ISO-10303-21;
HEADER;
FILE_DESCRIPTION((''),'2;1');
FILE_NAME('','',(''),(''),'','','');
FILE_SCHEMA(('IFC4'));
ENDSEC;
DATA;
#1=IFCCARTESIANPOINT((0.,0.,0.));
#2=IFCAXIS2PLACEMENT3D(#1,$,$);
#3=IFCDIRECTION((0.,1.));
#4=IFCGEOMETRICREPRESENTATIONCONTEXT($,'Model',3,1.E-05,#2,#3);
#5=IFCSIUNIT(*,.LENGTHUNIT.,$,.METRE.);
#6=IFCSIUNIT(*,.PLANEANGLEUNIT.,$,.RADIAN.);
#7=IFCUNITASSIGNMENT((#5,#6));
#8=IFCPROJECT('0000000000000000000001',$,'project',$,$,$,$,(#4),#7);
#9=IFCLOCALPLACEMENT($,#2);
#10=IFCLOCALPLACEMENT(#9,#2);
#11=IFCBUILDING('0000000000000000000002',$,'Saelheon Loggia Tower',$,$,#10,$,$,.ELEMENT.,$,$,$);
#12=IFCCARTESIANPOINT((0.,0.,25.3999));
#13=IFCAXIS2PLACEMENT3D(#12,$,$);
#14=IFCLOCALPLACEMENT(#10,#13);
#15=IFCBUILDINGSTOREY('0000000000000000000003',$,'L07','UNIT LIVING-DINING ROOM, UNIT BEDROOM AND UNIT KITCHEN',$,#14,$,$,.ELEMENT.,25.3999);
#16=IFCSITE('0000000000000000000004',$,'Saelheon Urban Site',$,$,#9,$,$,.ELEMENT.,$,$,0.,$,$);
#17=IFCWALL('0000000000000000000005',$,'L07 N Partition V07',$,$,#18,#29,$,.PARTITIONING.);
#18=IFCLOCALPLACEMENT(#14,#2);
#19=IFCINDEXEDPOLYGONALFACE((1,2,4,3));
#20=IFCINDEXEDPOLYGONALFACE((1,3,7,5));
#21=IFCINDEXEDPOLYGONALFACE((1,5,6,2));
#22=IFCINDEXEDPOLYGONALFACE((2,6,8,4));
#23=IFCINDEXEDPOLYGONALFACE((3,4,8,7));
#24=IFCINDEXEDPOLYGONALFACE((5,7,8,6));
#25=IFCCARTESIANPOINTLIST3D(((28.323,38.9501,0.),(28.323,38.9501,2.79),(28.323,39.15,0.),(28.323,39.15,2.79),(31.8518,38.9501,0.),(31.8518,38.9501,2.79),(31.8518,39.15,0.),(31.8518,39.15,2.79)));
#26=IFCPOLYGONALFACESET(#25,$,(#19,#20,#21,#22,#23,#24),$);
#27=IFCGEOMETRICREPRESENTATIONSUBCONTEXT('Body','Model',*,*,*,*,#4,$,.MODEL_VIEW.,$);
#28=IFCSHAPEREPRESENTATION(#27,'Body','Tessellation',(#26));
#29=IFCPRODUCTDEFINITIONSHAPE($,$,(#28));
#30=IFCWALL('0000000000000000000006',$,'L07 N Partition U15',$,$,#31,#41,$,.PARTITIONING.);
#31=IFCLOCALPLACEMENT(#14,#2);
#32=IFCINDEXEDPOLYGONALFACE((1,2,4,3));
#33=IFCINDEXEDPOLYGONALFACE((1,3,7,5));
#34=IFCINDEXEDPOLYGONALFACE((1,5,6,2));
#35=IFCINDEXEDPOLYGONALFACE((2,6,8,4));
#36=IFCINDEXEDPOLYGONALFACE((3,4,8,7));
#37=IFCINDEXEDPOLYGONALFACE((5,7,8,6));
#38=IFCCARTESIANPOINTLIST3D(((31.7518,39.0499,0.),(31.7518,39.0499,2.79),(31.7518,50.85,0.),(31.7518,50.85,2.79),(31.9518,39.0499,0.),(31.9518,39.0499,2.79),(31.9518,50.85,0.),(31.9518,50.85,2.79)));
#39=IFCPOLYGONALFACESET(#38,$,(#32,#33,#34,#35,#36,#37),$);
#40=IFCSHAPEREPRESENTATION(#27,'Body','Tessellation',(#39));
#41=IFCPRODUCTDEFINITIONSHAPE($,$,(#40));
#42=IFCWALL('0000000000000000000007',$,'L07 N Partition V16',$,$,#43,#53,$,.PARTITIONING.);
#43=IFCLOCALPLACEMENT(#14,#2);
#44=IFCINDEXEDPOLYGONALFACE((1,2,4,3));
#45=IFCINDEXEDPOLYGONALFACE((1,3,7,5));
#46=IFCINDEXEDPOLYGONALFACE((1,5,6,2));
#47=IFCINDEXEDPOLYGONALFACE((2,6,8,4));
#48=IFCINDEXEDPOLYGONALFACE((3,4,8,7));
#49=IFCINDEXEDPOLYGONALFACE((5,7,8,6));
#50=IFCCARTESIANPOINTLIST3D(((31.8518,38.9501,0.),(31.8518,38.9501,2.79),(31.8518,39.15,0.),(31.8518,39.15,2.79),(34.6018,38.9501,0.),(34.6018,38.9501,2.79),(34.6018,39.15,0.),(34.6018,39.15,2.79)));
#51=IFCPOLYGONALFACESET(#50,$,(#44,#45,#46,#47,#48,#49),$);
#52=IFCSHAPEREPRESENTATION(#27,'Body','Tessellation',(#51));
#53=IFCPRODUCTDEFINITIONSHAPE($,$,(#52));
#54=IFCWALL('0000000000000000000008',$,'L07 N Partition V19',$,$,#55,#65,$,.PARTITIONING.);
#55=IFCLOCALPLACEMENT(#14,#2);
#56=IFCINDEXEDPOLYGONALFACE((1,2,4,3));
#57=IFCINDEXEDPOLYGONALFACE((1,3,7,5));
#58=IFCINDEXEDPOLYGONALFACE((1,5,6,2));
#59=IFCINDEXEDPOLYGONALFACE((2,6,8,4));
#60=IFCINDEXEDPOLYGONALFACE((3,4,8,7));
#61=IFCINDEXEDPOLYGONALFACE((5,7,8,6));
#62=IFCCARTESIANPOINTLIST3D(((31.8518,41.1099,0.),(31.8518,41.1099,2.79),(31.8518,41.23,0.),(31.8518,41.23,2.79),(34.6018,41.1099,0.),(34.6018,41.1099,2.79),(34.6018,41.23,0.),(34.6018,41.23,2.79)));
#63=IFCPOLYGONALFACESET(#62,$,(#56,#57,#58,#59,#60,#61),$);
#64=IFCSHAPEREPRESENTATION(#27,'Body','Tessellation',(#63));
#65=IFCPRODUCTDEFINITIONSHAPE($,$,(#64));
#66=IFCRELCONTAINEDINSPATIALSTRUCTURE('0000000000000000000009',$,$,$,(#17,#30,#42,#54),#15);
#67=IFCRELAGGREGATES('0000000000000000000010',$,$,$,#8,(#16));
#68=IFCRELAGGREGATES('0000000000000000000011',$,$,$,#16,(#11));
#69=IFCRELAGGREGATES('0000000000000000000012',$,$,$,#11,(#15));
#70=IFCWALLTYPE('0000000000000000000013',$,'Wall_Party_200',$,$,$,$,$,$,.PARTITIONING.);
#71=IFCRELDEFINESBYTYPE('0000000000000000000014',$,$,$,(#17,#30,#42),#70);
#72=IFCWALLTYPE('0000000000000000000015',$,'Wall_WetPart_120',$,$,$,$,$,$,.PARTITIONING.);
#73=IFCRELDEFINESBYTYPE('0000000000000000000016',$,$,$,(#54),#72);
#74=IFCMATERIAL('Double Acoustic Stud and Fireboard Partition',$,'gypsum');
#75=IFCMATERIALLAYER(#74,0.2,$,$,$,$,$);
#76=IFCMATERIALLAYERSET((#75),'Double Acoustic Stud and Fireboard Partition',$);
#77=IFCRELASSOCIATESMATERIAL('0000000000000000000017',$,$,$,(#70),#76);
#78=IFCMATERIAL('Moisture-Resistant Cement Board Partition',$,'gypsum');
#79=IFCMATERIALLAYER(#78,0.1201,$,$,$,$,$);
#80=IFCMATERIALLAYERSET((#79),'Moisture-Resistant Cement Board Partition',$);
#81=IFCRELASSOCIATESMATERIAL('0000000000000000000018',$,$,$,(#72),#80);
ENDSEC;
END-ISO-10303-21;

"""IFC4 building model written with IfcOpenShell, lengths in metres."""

from ifc_helpers import new_model, si_unit, direction, frame, frame_2d, origin, place, context, subcontext, project, spatial, rectangle, extrude, material, layer, layer_set, type_object, element, save


model = new_model("IFC4")

# Units and contexts
model_context = context("Model", 3, precision=1e-05, world=origin(), true_north=direction((0.0, 1.0)))
body_context = subcontext(model_context, "Body", "Model", "MODEL_VIEW")
ifc_project = project(units=[si_unit("LENGTHUNIT", "METRE"), si_unit("PLANEANGLEUNIT", "RADIAN")], contexts=[model_context])

# Site, building, storey
site_placement = place(None, origin())
site = spatial("IfcSite", under=ifc_project, at=site_placement, Name="Saelheon Urban Site", CompositionType="ELEMENT", RefElevation=0.0)
building_placement = place(site_placement, origin())
building = spatial("IfcBuilding", under=site, at=building_placement, Name="Saelheon Loggia Tower", CompositionType="ELEMENT")
storey_placement = place(building_placement, frame((0.0, 0.0, 25.3999)))
storey = spatial("IfcBuildingStorey", under=building, at=storey_placement, Name="L07", Description="UNIT LIVING-DINING ROOM, UNIT BEDROOM AND UNIT KITCHEN", CompositionType="ELEMENT", Elevation=25.3999)

# Walls
ifc_material_1 = material(Name="Double Acoustic Stud and Fireboard Partition", Category="gypsum")
ifc_layer_1 = layer(ifc_material_1, 0.2)
ifc_layer_set_1 = layer_set([ifc_layer_1], Name="Double Acoustic Stud and Fireboard Partition")
wall_type_1 = type_object("IfcWallType", Name="Wall_Party_200", PredefinedType="PARTITIONING", material=ifc_layer_set_1)
wall_1_placement = place(storey_placement, frame((28.323, 39.05, 0.0), z_axis=(0.0, 0.0, 1.0), x_axis=(1.0, 0.0, 0.0)))
element("IfcWall", 1, at=wall_1_placement, inside=storey, type_object=wall_type_1, Name="L07 N Partition V07", PredefinedType="PARTITIONING", context=body_context, shape_type="SweptSolid", body=[
    extrude(rectangle(XDim=3.5288, YDim=0.2, at=frame_2d((1.7644, 0.0))), origin(), (0.0, 0.0, 1.0), 2.79),
])
wall_2_placement = place(storey_placement, frame((31.8518, 39.05, 0.0), z_axis=(0.0, 0.0, 1.0), x_axis=(0.0, 1.0, 0.0)))
element("IfcWall", 2, at=wall_2_placement, inside=storey, type_object=wall_type_1, Name="L07 N Partition U15", PredefinedType="PARTITIONING", context=body_context, shape_type="SweptSolid", body=[
    extrude(rectangle(XDim=11.8, YDim=0.2, at=frame_2d((5.8999, 0.0))), origin(), (0.0, 0.0, 1.0), 2.79),
])
wall_3_placement = place(storey_placement, frame((31.8518, 39.05, 0.0), z_axis=(0.0, 0.0, 1.0), x_axis=(1.0, 0.0, 0.0)))
element("IfcWall", 3, at=wall_3_placement, inside=storey, type_object=wall_type_1, Name="L07 N Partition V16", PredefinedType="PARTITIONING", context=body_context, shape_type="SweptSolid", body=[
    extrude(rectangle(XDim=2.75, YDim=0.2, at=frame_2d((1.375, 0.0))), origin(), (0.0, 0.0, 1.0), 2.79),
])
ifc_material_2 = material(Name="Moisture-Resistant Cement Board Partition", Category="gypsum")
ifc_layer_2 = layer(ifc_material_2, 0.1201)
ifc_layer_set_2 = layer_set([ifc_layer_2], Name="Moisture-Resistant Cement Board Partition")
wall_type_2 = type_object("IfcWallType", Name="Wall_WetPart_120", PredefinedType="PARTITIONING", material=ifc_layer_set_2)
wall_4_placement = place(storey_placement, frame((31.8518, 41.1699, 0.0), z_axis=(0.0, 0.0, 1.0), x_axis=(1.0, 0.0, 0.0)))
element("IfcWall", 4, at=wall_4_placement, inside=storey, type_object=wall_type_2, Name="L07 N Partition V19", PredefinedType="PARTITIONING", context=body_context, shape_type="SweptSolid", body=[
    extrude(rectangle(XDim=2.75, YDim=0.1201, at=frame_2d((1.375, 0.0))), origin(), (0.0, 0.0, 1.0), 2.79),
])

save(model, "model.ifc")
